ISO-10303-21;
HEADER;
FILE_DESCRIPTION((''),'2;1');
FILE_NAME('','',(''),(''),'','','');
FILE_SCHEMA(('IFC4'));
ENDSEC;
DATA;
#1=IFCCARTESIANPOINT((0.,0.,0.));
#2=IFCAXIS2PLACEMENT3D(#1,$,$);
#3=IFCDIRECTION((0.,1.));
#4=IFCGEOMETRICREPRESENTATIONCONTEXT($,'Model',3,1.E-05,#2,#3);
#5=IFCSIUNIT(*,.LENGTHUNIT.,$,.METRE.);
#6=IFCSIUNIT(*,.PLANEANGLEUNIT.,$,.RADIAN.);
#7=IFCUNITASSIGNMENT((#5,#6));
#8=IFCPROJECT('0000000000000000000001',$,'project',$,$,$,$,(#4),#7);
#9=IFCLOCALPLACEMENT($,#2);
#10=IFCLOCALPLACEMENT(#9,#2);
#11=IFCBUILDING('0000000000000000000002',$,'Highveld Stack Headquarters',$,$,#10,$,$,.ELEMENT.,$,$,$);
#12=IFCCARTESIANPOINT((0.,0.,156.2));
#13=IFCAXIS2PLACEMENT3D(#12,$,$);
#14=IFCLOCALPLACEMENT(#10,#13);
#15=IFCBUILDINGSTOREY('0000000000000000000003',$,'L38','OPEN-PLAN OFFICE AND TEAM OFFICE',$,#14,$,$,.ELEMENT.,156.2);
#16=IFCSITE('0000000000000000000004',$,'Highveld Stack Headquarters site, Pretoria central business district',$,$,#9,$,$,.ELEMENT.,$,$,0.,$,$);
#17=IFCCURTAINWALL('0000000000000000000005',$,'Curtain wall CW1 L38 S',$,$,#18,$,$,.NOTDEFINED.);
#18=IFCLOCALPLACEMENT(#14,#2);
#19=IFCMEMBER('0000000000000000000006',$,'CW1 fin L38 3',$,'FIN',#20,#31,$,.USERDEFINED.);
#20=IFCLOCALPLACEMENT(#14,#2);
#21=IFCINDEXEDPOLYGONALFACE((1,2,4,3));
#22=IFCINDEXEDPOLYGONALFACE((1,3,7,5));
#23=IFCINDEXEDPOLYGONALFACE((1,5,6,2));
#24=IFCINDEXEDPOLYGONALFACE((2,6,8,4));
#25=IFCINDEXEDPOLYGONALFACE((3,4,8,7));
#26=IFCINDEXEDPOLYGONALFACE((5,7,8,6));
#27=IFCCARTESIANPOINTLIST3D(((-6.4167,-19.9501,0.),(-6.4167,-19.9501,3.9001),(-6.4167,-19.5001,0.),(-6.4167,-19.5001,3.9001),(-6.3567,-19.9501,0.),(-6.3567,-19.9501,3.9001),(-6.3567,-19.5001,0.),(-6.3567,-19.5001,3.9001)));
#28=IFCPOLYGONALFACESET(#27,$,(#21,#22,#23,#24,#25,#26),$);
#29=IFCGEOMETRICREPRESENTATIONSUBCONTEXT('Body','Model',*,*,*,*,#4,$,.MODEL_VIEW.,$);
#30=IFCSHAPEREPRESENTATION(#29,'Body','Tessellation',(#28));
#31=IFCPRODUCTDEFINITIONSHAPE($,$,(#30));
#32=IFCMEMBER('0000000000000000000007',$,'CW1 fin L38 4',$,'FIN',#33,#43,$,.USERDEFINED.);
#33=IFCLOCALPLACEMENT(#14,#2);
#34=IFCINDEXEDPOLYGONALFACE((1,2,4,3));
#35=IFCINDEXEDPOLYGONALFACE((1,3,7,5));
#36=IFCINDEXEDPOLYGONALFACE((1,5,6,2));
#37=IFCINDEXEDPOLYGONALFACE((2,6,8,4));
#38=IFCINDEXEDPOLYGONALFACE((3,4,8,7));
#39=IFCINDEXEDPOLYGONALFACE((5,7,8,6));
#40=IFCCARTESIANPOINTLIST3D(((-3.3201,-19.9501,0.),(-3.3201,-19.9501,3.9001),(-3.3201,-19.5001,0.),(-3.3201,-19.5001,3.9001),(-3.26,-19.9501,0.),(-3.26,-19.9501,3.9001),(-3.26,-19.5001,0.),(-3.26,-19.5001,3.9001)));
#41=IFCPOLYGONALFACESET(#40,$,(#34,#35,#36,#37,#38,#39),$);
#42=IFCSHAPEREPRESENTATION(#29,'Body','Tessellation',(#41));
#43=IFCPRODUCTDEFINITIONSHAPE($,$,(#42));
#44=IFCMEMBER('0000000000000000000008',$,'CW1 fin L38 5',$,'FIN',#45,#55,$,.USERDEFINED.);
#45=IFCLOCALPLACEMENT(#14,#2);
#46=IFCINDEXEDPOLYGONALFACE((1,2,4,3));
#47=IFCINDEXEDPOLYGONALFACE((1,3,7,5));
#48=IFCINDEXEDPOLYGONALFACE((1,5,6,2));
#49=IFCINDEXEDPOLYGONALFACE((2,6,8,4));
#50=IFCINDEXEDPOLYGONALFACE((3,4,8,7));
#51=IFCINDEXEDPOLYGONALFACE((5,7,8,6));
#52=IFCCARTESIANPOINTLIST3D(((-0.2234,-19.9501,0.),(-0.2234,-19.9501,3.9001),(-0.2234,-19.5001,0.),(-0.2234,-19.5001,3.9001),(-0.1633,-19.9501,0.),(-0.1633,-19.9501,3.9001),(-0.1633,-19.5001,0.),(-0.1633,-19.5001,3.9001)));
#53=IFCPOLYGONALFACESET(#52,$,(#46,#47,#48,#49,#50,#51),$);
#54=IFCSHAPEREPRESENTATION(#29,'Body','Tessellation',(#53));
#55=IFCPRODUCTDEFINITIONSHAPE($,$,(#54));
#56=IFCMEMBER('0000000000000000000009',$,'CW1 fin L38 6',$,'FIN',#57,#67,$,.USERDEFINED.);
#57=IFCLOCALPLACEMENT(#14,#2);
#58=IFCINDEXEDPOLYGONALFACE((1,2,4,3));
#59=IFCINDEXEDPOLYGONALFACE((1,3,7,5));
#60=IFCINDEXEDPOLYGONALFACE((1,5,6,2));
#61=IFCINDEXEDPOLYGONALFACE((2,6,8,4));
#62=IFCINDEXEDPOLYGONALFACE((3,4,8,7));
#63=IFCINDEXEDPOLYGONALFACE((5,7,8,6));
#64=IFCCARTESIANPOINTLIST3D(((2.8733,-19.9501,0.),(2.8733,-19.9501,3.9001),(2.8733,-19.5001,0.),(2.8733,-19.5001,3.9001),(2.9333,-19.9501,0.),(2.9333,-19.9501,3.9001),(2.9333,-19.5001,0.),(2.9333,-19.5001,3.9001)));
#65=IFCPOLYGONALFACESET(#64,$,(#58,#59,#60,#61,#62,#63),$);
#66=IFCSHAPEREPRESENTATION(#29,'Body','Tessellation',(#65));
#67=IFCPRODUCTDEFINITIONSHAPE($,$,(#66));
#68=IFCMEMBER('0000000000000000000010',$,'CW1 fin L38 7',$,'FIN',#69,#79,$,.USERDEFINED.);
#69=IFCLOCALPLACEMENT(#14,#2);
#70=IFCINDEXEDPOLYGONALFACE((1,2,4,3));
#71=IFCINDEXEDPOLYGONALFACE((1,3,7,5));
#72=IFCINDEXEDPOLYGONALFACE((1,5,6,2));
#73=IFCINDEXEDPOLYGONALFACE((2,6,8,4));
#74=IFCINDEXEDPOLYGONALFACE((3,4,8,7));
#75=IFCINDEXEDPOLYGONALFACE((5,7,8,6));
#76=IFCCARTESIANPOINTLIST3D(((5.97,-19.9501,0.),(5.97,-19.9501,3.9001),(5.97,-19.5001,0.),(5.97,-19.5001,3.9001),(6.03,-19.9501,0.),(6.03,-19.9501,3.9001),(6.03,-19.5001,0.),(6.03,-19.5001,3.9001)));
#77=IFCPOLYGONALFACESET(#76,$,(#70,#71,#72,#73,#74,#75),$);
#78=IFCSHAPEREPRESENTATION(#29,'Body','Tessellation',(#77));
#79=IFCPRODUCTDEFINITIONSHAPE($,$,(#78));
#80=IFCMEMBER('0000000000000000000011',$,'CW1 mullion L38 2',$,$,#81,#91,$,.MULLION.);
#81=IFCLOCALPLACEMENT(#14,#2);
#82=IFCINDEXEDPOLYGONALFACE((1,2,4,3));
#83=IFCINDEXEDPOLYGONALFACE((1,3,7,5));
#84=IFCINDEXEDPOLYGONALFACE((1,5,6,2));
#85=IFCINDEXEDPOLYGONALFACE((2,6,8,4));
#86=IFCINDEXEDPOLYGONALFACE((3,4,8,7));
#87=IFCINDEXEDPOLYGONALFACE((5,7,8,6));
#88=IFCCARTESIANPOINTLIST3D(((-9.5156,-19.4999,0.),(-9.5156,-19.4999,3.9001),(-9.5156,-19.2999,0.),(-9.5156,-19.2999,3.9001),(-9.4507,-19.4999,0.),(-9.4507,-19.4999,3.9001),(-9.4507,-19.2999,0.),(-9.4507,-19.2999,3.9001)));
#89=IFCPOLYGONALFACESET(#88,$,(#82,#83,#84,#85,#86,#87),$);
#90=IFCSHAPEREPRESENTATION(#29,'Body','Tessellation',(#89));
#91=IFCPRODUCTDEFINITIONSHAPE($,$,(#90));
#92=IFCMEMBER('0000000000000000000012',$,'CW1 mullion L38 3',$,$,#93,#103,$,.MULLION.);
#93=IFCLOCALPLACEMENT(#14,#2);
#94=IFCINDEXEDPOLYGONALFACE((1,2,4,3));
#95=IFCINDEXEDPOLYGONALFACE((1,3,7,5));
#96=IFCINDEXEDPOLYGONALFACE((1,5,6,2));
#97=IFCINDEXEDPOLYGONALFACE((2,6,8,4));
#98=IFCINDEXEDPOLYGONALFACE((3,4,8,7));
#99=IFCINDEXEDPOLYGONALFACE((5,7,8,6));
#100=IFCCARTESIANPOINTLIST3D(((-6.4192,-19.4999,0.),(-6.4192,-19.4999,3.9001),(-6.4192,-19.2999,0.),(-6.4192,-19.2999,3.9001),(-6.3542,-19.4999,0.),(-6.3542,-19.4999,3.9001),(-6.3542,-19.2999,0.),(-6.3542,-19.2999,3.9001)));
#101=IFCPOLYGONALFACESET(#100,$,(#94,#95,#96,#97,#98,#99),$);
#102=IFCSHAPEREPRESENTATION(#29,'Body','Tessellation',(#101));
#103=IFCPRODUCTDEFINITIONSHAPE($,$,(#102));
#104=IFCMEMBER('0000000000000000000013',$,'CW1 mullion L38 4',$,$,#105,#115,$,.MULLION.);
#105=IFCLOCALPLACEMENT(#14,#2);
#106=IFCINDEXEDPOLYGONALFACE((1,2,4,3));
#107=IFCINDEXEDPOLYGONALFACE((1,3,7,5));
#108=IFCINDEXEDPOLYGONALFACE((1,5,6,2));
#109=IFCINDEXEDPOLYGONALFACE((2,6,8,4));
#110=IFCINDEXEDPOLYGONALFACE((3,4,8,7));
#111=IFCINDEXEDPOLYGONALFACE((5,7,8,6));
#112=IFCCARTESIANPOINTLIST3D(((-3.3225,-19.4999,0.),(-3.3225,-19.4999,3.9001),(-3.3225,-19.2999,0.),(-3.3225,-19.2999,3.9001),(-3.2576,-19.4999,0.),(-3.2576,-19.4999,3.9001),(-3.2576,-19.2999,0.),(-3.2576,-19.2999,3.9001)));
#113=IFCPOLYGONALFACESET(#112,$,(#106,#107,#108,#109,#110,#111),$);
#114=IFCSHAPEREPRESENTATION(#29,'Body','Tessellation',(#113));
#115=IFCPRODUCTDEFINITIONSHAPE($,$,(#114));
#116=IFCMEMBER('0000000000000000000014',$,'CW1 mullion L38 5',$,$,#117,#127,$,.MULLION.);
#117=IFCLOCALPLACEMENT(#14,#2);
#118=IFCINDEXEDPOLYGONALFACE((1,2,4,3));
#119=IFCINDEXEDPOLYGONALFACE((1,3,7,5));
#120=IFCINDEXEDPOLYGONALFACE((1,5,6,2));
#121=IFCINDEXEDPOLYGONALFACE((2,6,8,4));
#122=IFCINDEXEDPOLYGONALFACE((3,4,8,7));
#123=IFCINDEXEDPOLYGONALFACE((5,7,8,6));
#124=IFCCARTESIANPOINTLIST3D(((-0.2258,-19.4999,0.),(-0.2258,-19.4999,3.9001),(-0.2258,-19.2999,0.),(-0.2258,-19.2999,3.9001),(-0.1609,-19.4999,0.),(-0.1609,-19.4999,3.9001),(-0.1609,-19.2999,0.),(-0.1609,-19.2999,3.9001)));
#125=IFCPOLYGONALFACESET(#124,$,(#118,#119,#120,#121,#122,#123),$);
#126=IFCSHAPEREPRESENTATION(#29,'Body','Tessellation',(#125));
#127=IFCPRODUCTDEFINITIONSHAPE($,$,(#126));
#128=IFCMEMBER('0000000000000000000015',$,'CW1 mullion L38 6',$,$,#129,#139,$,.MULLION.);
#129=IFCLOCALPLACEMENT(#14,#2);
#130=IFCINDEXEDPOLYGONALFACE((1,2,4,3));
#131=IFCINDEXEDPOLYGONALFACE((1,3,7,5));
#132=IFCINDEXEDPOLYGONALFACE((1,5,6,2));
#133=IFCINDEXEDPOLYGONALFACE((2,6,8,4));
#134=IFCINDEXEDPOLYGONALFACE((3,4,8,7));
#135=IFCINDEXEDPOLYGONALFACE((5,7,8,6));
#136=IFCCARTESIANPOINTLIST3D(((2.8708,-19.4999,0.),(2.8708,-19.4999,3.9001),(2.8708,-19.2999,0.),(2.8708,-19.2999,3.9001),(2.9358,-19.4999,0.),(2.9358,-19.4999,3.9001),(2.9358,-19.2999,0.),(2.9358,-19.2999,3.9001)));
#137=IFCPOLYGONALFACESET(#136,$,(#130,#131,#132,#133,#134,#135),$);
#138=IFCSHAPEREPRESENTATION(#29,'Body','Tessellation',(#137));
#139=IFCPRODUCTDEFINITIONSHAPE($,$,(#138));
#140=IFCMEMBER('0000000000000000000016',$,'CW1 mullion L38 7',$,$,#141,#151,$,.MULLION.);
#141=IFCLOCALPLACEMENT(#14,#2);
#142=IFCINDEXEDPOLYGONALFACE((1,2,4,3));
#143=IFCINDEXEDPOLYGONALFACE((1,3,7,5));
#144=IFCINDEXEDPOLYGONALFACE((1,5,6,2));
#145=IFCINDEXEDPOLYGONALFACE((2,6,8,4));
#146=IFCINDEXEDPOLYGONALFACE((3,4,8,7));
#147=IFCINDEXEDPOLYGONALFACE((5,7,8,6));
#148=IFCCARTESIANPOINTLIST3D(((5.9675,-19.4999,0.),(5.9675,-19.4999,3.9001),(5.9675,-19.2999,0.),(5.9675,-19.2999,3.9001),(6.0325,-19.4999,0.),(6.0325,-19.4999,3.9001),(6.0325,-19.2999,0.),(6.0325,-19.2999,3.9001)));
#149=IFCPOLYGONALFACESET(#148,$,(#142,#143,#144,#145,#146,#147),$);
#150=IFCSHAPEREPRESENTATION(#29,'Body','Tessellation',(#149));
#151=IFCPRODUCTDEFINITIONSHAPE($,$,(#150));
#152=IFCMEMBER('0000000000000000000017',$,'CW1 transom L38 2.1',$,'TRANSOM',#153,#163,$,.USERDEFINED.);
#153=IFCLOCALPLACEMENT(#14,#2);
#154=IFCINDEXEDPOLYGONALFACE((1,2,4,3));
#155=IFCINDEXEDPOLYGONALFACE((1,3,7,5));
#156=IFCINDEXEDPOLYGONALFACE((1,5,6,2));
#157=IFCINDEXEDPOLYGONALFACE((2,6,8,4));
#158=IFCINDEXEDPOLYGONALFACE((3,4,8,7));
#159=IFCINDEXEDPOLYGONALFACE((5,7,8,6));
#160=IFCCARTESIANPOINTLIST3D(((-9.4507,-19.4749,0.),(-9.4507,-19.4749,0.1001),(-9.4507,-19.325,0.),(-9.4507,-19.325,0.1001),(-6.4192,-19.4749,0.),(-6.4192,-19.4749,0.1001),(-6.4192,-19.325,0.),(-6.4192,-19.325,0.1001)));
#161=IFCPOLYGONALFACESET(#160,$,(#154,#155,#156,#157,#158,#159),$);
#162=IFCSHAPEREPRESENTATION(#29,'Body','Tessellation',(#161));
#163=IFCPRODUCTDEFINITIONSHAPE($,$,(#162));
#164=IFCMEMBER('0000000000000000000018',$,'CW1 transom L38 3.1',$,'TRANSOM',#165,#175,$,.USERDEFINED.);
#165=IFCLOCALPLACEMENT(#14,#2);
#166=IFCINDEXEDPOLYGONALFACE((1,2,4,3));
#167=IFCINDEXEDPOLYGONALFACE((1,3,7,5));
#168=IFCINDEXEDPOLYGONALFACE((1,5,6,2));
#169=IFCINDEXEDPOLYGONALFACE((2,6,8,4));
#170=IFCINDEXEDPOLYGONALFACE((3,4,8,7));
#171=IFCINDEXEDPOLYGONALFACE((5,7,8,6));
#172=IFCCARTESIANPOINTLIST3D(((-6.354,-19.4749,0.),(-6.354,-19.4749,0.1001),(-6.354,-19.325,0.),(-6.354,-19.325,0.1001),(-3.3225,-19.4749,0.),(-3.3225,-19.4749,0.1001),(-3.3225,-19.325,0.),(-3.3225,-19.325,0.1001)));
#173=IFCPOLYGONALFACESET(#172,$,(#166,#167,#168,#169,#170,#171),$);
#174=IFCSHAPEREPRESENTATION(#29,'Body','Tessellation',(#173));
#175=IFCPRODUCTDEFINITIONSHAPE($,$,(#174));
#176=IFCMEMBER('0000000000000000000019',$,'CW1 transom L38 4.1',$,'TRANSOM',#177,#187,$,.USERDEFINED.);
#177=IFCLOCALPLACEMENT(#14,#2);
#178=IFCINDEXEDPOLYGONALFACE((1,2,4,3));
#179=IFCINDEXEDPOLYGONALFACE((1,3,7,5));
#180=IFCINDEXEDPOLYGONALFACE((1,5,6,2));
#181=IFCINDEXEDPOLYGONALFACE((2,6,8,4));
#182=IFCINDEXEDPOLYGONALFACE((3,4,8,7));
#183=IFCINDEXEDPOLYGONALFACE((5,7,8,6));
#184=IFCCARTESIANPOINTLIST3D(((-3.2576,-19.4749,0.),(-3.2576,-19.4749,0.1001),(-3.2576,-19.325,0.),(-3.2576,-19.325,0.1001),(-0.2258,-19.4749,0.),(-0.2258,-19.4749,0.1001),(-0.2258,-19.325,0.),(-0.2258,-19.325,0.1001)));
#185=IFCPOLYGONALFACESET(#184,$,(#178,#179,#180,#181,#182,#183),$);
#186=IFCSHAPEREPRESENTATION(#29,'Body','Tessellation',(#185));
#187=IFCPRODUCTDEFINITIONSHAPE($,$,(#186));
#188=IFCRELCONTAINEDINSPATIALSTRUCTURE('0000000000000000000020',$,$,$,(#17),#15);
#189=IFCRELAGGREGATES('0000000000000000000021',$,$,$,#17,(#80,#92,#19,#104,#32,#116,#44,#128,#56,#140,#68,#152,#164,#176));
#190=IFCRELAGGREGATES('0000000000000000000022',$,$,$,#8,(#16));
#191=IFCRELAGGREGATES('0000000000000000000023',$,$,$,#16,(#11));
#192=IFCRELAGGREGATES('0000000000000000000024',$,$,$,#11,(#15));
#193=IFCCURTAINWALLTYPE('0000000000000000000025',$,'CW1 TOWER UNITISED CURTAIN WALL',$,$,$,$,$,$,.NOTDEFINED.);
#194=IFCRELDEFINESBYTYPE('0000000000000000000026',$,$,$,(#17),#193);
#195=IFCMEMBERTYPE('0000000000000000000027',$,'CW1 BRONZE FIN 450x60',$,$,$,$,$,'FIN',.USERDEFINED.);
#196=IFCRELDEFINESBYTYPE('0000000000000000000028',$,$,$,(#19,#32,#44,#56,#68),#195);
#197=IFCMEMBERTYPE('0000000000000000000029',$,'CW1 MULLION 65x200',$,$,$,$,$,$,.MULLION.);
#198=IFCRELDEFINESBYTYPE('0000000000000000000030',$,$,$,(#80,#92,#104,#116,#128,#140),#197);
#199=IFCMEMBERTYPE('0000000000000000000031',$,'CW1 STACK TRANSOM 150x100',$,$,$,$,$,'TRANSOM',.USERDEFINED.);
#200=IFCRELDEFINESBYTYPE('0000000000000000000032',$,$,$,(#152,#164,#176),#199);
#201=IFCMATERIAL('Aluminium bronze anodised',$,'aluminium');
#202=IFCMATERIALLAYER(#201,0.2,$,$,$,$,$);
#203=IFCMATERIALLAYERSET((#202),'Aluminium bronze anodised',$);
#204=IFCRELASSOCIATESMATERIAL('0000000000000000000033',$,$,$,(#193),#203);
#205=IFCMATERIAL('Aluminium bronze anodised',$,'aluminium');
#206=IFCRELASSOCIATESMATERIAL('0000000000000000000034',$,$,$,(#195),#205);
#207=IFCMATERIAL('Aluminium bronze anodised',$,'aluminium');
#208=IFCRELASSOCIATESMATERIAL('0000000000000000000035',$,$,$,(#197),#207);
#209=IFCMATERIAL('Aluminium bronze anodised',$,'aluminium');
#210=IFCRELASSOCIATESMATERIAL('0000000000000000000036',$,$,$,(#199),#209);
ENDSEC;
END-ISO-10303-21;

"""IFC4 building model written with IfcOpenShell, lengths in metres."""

from ifc_helpers import new_model, si_unit, direction, frame, origin, origin_2d, place, context, subcontext, project, spatial, rectangle, extrude, material, layer, layer_set, material_profile, profile_set, type_object, element, aggregate, save


model = new_model("IFC4")

# Units and contexts
model_context = context("Model", 3, precision=1e-05, world=origin(), true_north=direction((0.0, 1.0)))
body_context = subcontext(model_context, "Body", "Model", "MODEL_VIEW")
ifc_project = project(units=[si_unit("LENGTHUNIT", "METRE"), si_unit("PLANEANGLEUNIT", "RADIAN")], contexts=[model_context])

# Site, building, storey
site_placement = place(None, origin())
site = spatial("IfcSite", under=ifc_project, at=site_placement, Name="Highveld Stack Headquarters site, Pretoria central business district", CompositionType="ELEMENT", RefElevation=0.0)
building_placement = place(site_placement, origin())
building = spatial("IfcBuilding", under=site, at=building_placement, Name="Highveld Stack Headquarters", CompositionType="ELEMENT")
storey_placement = place(building_placement, frame((0.0, 0.0, 156.2)))
storey = spatial("IfcBuildingStorey", under=building, at=storey_placement, Name="L38", Description="OPEN-PLAN OFFICE AND TEAM OFFICE", CompositionType="ELEMENT", Elevation=156.2)

# Curtain wall, members
ifc_material_1 = material(Name="Aluminium bronze anodised", Category="aluminium")
ifc_layer_1 = layer(ifc_material_1, 0.2)
ifc_layer_set_1 = layer_set([ifc_layer_1], Name="Aluminium bronze anodised")
curtain_wall_type = type_object("IfcCurtainWallType", Name="CW1 TOWER UNITISED CURTAIN WALL", PredefinedType="NOTDEFINED", material=ifc_layer_set_1)
curtain_wall_placement = place(storey_placement, origin())
curtain_wall = element("IfcCurtainWall", 1, at=curtain_wall_placement, inside=storey, type_object=curtain_wall_type, Name="Curtain wall CW1 L38 S", PredefinedType="NOTDEFINED")
ifc_material_2 = material(Name="Aluminium bronze anodised", Category="aluminium")
ifc_material_profile_1 = material_profile(ifc_material_2, rectangle(XDim=0.45, YDim=0.0601, at=origin_2d()), Name="FIN 450x60")
ifc_profile_set_1 = profile_set([ifc_material_profile_1], Name="Aluminium bronze anodised")
member_type_1 = type_object("IfcMemberType", Name="CW1 BRONZE FIN 450x60", ElementType="FIN", PredefinedType="USERDEFINED", material=ifc_profile_set_1)
member_1_placement = place(storey_placement, frame((-6.3867, -19.7251, 0.0), z_axis=(0.0, 0.0, 1.0), x_axis=(0.0, 1.0, 0.0)))
member_1 = element("IfcMember", 2, at=member_1_placement, type_object=member_type_1, Name="CW1 fin L38 3", ObjectType="FIN", PredefinedType="USERDEFINED", context=body_context, shape_type="SweptSolid", body=[
    extrude(rectangle(XDim=0.45, YDim=0.0601, at=origin_2d()), origin(), (0.0, 0.0, 1.0), 3.9001),
])
member_2_placement = place(storey_placement, frame((-3.29, -19.7251, 0.0), z_axis=(0.0, 0.0, 1.0), x_axis=(0.0, 1.0, 0.0)))
member_2 = element("IfcMember", 3, at=member_2_placement, type_object=member_type_1, Name="CW1 fin L38 4", ObjectType="FIN", PredefinedType="USERDEFINED", context=body_context, shape_type="SweptSolid", body=[
    extrude(rectangle(XDim=0.45, YDim=0.0601, at=origin_2d()), origin(), (0.0, 0.0, 1.0), 3.9001),
])
member_3_placement = place(storey_placement, frame((-0.1934, -19.7251, 0.0), z_axis=(0.0, 0.0, 1.0), x_axis=(0.0, 1.0, 0.0)))
member_3 = element("IfcMember", 4, at=member_3_placement, type_object=member_type_1, Name="CW1 fin L38 5", ObjectType="FIN", PredefinedType="USERDEFINED", context=body_context, shape_type="SweptSolid", body=[
    extrude(rectangle(XDim=0.45, YDim=0.0601, at=origin_2d()), origin(), (0.0, 0.0, 1.0), 3.9001),
])
member_4_placement = place(storey_placement, frame((2.9033, -19.7251, 0.0), z_axis=(0.0, 0.0, 1.0), x_axis=(0.0, 1.0, 0.0)))
member_4 = element("IfcMember", 5, at=member_4_placement, type_object=member_type_1, Name="CW1 fin L38 6", ObjectType="FIN", PredefinedType="USERDEFINED", context=body_context, shape_type="SweptSolid", body=[
    extrude(rectangle(XDim=0.45, YDim=0.0601, at=origin_2d()), origin(), (0.0, 0.0, 1.0), 3.9001),
])
member_5_placement = place(storey_placement, frame((6.0, -19.7251, 0.0), z_axis=(0.0, 0.0, 1.0), x_axis=(0.0, 1.0, 0.0)))
member_5 = element("IfcMember", 6, at=member_5_placement, type_object=member_type_1, Name="CW1 fin L38 7", ObjectType="FIN", PredefinedType="USERDEFINED", context=body_context, shape_type="SweptSolid", body=[
    extrude(rectangle(XDim=0.45, YDim=0.0601, at=origin_2d()), origin(), (0.0, 0.0, 1.0), 3.9001),
])
ifc_material_3 = material(Name="Aluminium bronze anodised", Category="aluminium")
ifc_material_profile_2 = material_profile(ifc_material_3, rectangle(XDim=0.2, YDim=0.0649, at=origin_2d()), Name="CW1 MULLION 65x200")
ifc_profile_set_2 = profile_set([ifc_material_profile_2], Name="Aluminium bronze anodised")
member_type_2 = type_object("IfcMemberType", Name="CW1 MULLION 65x200", PredefinedType="MULLION", material=ifc_profile_set_2)
member_6_placement = place(storey_placement, frame((-9.4832, -19.3999, 0.0), z_axis=(0.0, 0.0, 1.0), x_axis=(0.0, 1.0, 0.0)))
member_6 = element("IfcMember", 7, at=member_6_placement, type_object=member_type_2, Name="CW1 mullion L38 2", PredefinedType="MULLION", context=body_context, shape_type="SweptSolid", body=[
    extrude(rectangle(XDim=0.2, YDim=0.0649, at=origin_2d()), origin(), (0.0, 0.0, 1.0), 3.9001),
])
member_7_placement = place(storey_placement, frame((-6.3867, -19.3999, 0.0), z_axis=(0.0, 0.0, 1.0), x_axis=(0.0, 1.0, 0.0)))
member_7 = element("IfcMember", 8, at=member_7_placement, type_object=member_type_2, Name="CW1 mullion L38 3", PredefinedType="MULLION", context=body_context, shape_type="SweptSolid", body=[
    extrude(rectangle(XDim=0.2, YDim=0.0649, at=origin_2d()), origin(), (0.0, 0.0, 1.0), 3.9001),
])
member_8_placement = place(storey_placement, frame((-3.29, -19.3999, 0.0), z_axis=(0.0, 0.0, 1.0), x_axis=(0.0, 1.0, 0.0)))
member_8 = element("IfcMember", 9, at=member_8_placement, type_object=member_type_2, Name="CW1 mullion L38 4", PredefinedType="MULLION", context=body_context, shape_type="SweptSolid", body=[
    extrude(rectangle(XDim=0.2, YDim=0.0649, at=origin_2d()), origin(), (0.0, 0.0, 1.0), 3.9001),
])
member_9_placement = place(storey_placement, frame((-0.1934, -19.3999, 0.0), z_axis=(0.0, 0.0, 1.0), x_axis=(0.0, 1.0, 0.0)))
member_9 = element("IfcMember", 10, at=member_9_placement, type_object=member_type_2, Name="CW1 mullion L38 5", PredefinedType="MULLION", context=body_context, shape_type="SweptSolid", body=[
    extrude(rectangle(XDim=0.2, YDim=0.0649, at=origin_2d()), origin(), (0.0, 0.0, 1.0), 3.9001),
])
member_10_placement = place(storey_placement, frame((2.9033, -19.3999, 0.0), z_axis=(0.0, 0.0, 1.0), x_axis=(0.0, 1.0, 0.0)))
member_10 = element("IfcMember", 11, at=member_10_placement, type_object=member_type_2, Name="CW1 mullion L38 6", PredefinedType="MULLION", context=body_context, shape_type="SweptSolid", body=[
    extrude(rectangle(XDim=0.2, YDim=0.0649, at=origin_2d()), origin(), (0.0, 0.0, 1.0), 3.9001),
])
member_11_placement = place(storey_placement, frame((6.0, -19.3999, 0.0), z_axis=(0.0, 0.0, 1.0), x_axis=(0.0, 1.0, 0.0)))
member_11 = element("IfcMember", 12, at=member_11_placement, type_object=member_type_2, Name="CW1 mullion L38 7", PredefinedType="MULLION", context=body_context, shape_type="SweptSolid", body=[
    extrude(rectangle(XDim=0.2, YDim=0.0649, at=origin_2d()), origin(), (0.0, 0.0, 1.0), 3.9001),
])
ifc_material_4 = material(Name="Aluminium bronze anodised", Category="aluminium")
ifc_material_profile_3 = material_profile(ifc_material_4, rectangle(XDim=0.1499, YDim=0.1001, at=origin_2d()), Name="CW1 TRANSOM 150x100")
ifc_profile_set_3 = profile_set([ifc_material_profile_3], Name="Aluminium bronze anodised")
member_type_3 = type_object("IfcMemberType", Name="CW1 STACK TRANSOM 150x100", ElementType="TRANSOM", PredefinedType="USERDEFINED", material=ifc_profile_set_3)
member_12_placement = place(storey_placement, frame((-9.4507, -19.3999, 0.05), z_axis=(1.0, 0.0, 0.0), x_axis=(0.0, 1.0, 0.0)))
member_12 = element("IfcMember", 13, at=member_12_placement, type_object=member_type_3, Name="CW1 transom L38 2.1", ObjectType="TRANSOM", PredefinedType="USERDEFINED", context=body_context, shape_type="SweptSolid", body=[
    extrude(rectangle(XDim=0.1499, YDim=0.1001, at=origin_2d()), origin(), (0.0, 0.0, 1.0), 3.0315),
])
member_13_placement = place(storey_placement, frame((-6.354, -19.3999, 0.05), z_axis=(1.0, 0.0, 0.0), x_axis=(0.0, 1.0, 0.0)))
member_13 = element("IfcMember", 14, at=member_13_placement, type_object=member_type_3, Name="CW1 transom L38 3.1", ObjectType="TRANSOM", PredefinedType="USERDEFINED", context=body_context, shape_type="SweptSolid", body=[
    extrude(rectangle(XDim=0.1499, YDim=0.1001, at=origin_2d()), origin(), (0.0, 0.0, 1.0), 3.0315),
])
member_14_placement = place(storey_placement, frame((-3.2576, -19.3999, 0.05), z_axis=(1.0, 0.0, 0.0), x_axis=(0.0, 1.0, 0.0)))
member_14 = element("IfcMember", 15, at=member_14_placement, type_object=member_type_3, Name="CW1 transom L38 4.1", ObjectType="TRANSOM", PredefinedType="USERDEFINED", context=body_context, shape_type="SweptSolid", body=[
    extrude(rectangle(XDim=0.1499, YDim=0.1001, at=origin_2d()), origin(), (0.0, 0.0, 1.0), 3.0317),
])
aggregate(curtain_wall, [member_6, member_7, member_1, member_8, member_2, member_9, member_3, member_10, member_4, member_11, member_5, member_12, member_13, member_14])

save(model, "model.ifc")
